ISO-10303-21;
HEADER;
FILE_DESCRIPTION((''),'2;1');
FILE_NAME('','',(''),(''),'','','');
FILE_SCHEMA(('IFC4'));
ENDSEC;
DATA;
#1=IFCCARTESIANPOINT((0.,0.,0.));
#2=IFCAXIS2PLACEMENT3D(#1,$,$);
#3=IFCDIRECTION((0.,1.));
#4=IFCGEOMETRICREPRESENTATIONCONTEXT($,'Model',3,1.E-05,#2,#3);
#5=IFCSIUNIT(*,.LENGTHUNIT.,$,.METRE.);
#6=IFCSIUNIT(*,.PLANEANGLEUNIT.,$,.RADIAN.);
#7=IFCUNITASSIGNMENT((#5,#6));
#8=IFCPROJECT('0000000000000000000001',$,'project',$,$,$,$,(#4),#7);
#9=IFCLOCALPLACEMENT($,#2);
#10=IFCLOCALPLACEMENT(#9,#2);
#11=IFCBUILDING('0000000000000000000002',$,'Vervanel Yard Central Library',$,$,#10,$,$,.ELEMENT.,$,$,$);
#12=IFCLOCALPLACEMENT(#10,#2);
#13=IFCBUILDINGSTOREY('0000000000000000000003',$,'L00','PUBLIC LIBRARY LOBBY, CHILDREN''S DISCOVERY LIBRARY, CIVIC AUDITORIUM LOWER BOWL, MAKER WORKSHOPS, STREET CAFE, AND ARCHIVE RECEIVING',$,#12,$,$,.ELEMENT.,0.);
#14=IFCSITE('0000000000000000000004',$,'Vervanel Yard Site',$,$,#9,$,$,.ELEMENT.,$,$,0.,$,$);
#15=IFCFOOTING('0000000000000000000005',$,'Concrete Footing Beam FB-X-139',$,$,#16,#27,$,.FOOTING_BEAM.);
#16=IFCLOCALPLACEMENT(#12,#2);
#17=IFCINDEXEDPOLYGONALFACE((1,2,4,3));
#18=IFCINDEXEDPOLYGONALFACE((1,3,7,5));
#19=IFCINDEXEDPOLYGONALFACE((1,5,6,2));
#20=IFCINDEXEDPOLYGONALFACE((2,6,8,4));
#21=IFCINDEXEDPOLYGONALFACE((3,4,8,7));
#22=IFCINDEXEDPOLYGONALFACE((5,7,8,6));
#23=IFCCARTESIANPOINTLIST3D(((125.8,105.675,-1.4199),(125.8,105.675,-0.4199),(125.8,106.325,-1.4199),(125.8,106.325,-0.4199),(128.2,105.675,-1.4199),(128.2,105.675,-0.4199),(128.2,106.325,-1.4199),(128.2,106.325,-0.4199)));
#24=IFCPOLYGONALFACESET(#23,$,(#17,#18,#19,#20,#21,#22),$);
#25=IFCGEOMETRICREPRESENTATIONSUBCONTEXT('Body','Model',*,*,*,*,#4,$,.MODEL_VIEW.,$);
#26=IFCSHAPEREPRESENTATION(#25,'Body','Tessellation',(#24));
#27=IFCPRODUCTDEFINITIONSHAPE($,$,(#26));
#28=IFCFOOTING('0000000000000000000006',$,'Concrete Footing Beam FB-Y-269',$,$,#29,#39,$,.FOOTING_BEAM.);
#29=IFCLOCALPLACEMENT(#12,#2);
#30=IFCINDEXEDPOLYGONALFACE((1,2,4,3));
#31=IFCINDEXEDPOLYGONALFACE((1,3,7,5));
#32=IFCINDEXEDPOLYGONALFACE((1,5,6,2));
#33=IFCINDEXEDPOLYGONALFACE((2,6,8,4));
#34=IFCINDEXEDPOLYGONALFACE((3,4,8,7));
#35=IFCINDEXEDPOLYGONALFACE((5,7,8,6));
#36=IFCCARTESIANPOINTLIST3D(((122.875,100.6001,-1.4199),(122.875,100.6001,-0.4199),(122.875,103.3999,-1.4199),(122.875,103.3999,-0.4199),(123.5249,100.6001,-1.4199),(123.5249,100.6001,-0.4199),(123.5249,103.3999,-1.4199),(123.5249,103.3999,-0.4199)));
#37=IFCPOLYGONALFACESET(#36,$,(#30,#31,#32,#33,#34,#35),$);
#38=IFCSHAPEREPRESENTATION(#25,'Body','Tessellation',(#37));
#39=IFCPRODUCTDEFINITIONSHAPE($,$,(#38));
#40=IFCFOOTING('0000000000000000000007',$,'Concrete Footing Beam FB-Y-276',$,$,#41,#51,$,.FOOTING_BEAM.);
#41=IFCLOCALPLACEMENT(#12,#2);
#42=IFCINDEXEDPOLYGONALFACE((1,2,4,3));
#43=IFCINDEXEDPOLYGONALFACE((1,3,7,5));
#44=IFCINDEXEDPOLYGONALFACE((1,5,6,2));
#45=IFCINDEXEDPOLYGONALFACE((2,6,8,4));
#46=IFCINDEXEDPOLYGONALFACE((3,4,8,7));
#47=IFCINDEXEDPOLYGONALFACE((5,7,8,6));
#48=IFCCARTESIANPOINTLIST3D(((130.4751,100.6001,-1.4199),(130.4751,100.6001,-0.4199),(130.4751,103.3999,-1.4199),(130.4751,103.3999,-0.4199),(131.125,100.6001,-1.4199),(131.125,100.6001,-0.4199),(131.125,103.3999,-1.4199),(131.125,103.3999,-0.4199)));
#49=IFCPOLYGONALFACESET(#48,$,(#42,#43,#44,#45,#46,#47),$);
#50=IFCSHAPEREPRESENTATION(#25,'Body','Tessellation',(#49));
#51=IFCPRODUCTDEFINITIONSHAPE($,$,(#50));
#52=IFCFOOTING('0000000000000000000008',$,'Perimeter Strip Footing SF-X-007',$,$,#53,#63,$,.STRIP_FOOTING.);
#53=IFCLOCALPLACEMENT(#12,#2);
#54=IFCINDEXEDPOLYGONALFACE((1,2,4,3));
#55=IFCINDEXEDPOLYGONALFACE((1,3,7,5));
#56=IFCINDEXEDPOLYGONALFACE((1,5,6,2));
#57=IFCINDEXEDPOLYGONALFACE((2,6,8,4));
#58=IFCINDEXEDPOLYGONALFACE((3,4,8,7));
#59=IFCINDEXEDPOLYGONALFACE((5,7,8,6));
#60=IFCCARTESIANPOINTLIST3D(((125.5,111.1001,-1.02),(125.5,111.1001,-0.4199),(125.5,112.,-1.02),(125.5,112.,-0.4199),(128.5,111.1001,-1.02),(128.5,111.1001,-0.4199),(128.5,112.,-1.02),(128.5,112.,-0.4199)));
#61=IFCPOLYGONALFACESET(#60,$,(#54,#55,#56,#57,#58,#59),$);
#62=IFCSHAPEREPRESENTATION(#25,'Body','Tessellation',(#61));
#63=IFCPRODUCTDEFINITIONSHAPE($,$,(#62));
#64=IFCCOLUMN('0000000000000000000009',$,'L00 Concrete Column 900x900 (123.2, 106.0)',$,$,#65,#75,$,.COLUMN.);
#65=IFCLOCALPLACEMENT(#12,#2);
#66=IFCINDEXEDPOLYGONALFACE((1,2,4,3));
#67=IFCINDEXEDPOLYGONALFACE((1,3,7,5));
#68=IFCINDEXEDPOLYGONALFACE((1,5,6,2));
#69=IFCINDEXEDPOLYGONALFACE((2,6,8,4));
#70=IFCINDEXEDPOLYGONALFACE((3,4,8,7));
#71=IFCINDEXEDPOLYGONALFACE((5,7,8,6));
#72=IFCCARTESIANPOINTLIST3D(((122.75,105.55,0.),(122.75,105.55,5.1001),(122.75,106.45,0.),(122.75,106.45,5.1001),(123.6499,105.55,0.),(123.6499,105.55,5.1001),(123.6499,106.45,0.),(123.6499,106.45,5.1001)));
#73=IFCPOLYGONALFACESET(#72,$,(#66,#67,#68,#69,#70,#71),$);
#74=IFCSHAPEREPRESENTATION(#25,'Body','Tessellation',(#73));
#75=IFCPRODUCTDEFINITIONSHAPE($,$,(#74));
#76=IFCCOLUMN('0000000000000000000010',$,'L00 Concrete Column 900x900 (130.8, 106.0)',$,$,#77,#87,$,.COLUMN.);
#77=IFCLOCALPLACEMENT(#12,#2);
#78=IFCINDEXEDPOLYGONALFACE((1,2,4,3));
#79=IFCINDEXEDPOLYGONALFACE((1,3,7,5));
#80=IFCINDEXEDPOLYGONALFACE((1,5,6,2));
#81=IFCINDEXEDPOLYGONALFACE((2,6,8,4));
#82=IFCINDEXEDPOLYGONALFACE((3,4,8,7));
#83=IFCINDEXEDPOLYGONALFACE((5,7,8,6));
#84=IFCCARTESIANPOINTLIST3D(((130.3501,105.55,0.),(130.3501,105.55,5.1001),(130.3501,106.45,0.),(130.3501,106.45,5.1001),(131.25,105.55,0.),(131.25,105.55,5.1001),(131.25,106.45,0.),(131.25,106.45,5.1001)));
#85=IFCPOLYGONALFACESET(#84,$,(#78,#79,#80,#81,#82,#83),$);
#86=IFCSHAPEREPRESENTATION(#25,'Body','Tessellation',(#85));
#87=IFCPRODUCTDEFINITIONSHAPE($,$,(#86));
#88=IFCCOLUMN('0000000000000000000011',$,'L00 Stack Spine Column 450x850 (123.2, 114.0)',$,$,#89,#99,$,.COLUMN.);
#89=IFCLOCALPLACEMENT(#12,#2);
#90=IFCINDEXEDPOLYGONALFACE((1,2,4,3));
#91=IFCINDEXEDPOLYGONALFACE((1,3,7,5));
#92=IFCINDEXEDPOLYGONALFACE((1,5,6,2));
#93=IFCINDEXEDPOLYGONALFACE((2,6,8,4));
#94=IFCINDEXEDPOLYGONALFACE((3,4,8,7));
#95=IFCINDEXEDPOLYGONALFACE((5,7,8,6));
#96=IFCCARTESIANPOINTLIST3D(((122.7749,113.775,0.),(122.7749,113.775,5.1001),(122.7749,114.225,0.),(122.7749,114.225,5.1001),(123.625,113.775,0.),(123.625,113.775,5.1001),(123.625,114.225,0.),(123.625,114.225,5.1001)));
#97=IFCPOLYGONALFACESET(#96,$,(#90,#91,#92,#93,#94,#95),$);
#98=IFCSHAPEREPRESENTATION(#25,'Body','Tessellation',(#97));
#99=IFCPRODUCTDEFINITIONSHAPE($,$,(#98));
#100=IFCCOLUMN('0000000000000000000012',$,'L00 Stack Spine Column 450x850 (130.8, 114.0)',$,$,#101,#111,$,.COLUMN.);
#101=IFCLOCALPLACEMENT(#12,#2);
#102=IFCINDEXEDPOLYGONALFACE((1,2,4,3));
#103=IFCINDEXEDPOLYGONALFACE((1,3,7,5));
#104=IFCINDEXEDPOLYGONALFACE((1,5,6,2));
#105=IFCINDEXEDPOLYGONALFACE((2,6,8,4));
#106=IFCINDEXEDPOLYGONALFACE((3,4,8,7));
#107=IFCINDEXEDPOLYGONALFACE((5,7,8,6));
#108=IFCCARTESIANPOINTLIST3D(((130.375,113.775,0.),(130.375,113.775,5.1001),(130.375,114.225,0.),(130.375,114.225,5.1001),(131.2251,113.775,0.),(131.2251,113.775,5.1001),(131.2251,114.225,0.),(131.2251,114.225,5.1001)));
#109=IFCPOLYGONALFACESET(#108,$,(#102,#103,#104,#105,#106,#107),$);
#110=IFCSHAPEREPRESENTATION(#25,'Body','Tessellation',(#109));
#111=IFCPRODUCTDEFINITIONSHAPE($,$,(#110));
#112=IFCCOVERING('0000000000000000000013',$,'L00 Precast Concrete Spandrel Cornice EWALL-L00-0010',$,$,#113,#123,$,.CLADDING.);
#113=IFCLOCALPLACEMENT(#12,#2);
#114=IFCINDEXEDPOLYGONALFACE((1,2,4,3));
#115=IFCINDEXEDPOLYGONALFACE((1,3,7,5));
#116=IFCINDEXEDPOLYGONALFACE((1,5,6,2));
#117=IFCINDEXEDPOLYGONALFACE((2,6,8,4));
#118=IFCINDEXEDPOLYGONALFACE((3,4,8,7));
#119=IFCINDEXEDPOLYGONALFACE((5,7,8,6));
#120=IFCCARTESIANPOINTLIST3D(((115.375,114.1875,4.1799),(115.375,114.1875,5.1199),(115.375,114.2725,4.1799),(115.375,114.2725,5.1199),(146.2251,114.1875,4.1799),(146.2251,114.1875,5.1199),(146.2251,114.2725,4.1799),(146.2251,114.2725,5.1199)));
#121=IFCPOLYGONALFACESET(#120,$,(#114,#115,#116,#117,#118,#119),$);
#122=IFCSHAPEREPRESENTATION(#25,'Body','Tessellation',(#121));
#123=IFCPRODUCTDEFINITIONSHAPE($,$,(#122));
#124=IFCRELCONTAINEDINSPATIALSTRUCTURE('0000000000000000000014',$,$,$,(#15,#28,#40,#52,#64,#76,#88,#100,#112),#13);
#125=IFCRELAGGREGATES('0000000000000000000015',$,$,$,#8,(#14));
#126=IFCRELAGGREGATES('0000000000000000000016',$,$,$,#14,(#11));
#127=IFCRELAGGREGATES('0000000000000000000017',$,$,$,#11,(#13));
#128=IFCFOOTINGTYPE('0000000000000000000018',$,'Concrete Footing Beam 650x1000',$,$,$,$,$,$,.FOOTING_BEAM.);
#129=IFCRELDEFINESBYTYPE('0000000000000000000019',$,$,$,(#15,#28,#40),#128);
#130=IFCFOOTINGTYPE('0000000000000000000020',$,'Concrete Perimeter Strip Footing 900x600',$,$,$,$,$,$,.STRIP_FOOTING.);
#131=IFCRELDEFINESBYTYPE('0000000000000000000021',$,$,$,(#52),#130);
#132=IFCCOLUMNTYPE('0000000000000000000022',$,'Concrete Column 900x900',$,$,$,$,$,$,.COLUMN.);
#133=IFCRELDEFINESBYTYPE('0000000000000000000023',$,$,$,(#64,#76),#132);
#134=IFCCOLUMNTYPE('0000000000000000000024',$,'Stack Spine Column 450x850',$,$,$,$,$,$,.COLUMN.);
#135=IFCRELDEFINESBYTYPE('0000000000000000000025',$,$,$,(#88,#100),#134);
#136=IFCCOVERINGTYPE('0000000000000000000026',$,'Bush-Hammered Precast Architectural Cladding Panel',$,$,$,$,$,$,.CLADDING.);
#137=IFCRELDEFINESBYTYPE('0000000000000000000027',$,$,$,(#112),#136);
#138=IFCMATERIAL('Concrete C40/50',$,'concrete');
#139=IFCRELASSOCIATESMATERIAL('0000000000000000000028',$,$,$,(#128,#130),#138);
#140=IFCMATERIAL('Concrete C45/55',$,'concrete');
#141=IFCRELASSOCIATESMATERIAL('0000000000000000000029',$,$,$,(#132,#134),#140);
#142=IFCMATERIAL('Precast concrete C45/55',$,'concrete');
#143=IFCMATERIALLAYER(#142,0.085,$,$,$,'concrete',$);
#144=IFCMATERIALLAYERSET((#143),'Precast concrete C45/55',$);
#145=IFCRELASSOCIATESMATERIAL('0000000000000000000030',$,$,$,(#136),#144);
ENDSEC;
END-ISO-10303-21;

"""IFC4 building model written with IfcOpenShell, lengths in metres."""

from ifc_helpers import new_model, si_unit, direction, frame, origin, origin_2d, place, context, subcontext, project, spatial, rectangle, extrude, material, layer, layer_set, material_profile, profile_set, type_object, element, save


model = new_model("IFC4")

# Units and contexts
model_context = context("Model", 3, precision=1e-05, world=origin(), true_north=direction((0.0, 1.0)))
body_context = subcontext(model_context, "Body", "Model", "MODEL_VIEW")
ifc_project = project(units=[si_unit("LENGTHUNIT", "METRE"), si_unit("PLANEANGLEUNIT", "RADIAN")], contexts=[model_context])

# Site, building, storey
site_placement = place(None, origin())
site = spatial("IfcSite", under=ifc_project, at=site_placement, Name="Vervanel Yard Site", CompositionType="ELEMENT", RefElevation=0.0)
building_placement = place(site_placement, origin())
building = spatial("IfcBuilding", under=site, at=building_placement, Name="Vervanel Yard Central Library", CompositionType="ELEMENT")
storey_placement = place(building_placement, origin())
storey = spatial("IfcBuildingStorey", under=building, at=storey_placement, Name="L00", Description="PUBLIC LIBRARY LOBBY, CHILDREN'S DISCOVERY LIBRARY, CIVIC AUDITORIUM LOWER BOWL, MAKER WORKSHOPS, STREET CAFE, AND ARCHIVE RECEIVING", CompositionType="ELEMENT", Elevation=0.0)

# Shared definitions
ifc_material_1 = material(Name="Concrete C40/50", Category="concrete")

# Footings
ifc_material_profile_1 = material_profile(ifc_material_1, rectangle(XDim=0.6499, YDim=1.0, at=origin_2d()), Name="RC 650x1000", Category="concrete")
ifc_profile_set_1 = profile_set([ifc_material_profile_1], Name="Concrete C40/50")
footing_type_1 = type_object("IfcFootingType", Name="Concrete Footing Beam 650x1000", PredefinedType="FOOTING_BEAM", material=ifc_profile_set_1)
footing_1_placement = place(storey_placement, frame((125.8, 106.0, -0.9199), z_axis=(1.0, 0.0, 0.0), x_axis=(0.0, 1.0, 0.0)))
element("IfcFooting", 1, at=footing_1_placement, inside=storey, type_object=footing_type_1, Name="Concrete Footing Beam FB-X-139", PredefinedType="FOOTING_BEAM", context=body_context, shape_type="SweptSolid", body=[
    extrude(rectangle(XDim=0.6499, YDim=1.0, at=origin_2d()), origin(), (0.0, 0.0, 1.0), 2.3999),
])
for number, where, z_axis, x_axis, name in (
    (2, (123.2, 100.6001, -0.9199), (0.0, 1.0, 0.0), (-1.0, 0.0, 0.0), "Concrete Footing Beam FB-Y-269"),
    (3, (130.8, 100.6001, -0.9199), (0.0, 1.0, 0.0), (-1.0, 0.0, 0.0), "Concrete Footing Beam FB-Y-276"),
):
    element("IfcFooting", number, at=place(storey_placement, frame(where, z_axis=z_axis, x_axis=x_axis)), inside=storey, type_object=footing_type_1, Name=name, PredefinedType="FOOTING_BEAM", context=body_context, shape_type="SweptSolid", body=[
        extrude(rectangle(XDim=0.6499, YDim=1.0, at=origin_2d()), origin(), (0.0, 0.0, 1.0), 2.7998),
    ])
ifc_material_profile_2 = material_profile(ifc_material_1, rectangle(XDim=0.8999, YDim=0.6001, at=origin_2d()), Name="RC 900x600", Category="concrete")
ifc_profile_set_2 = profile_set([ifc_material_profile_2], Name="Concrete C40/50")
footing_type_2 = type_object("IfcFootingType", Name="Concrete Perimeter Strip Footing 900x600", PredefinedType="STRIP_FOOTING", material=ifc_profile_set_2)
footing_2_placement = place(storey_placement, frame((125.5, 111.55, -0.72), z_axis=(1.0, 0.0, 0.0), x_axis=(0.0, 1.0, 0.0)))
element("IfcFooting", 4, at=footing_2_placement, inside=storey, type_object=footing_type_2, Name="Perimeter Strip Footing SF-X-007", PredefinedType="STRIP_FOOTING", context=body_context, shape_type="SweptSolid", body=[
    extrude(rectangle(XDim=0.8999, YDim=0.6001, at=origin_2d()), origin(), (0.0, 0.0, 1.0), 3.0),
])

# Columns
ifc_material_2 = material(Name="Concrete C45/55", Category="concrete")
ifc_material_profile_3 = material_profile(ifc_material_2, rectangle(XDim=0.8999, YDim=0.8999, at=origin_2d()), Name="RC 900x900", Category="concrete")
ifc_profile_set_3 = profile_set([ifc_material_profile_3], Name="Concrete C45/55")
column_type_1 = type_object("IfcColumnType", Name="Concrete Column 900x900", PredefinedType="COLUMN", material=ifc_profile_set_3)
for number, where, z_axis, x_axis, name in (
    (5, (123.2, 106.0, 0.0), (0.0, 0.0, 1.0), (1.0, 0.0, 0.0), "L00 Concrete Column 900x900 (123.2, 106.0)"),
    (6, (130.8, 106.0, 0.0), (0.0, 0.0, 1.0), (1.0, 0.0, 0.0), "L00 Concrete Column 900x900 (130.8, 106.0)"),
):
    element("IfcColumn", number, at=place(storey_placement, frame(where, z_axis=z_axis, x_axis=x_axis)), inside=storey, type_object=column_type_1, Name=name, PredefinedType="COLUMN", context=body_context, shape_type="SweptSolid", body=[
        extrude(rectangle(XDim=0.8999, YDim=0.8999, at=origin_2d()), origin(), (0.0, 0.0, 1.0), 5.1001),
    ])
ifc_material_profile_4 = material_profile(ifc_material_2, rectangle(XDim=0.45, YDim=0.8501, at=origin_2d()), Name="RC 450x850", Category="concrete")
ifc_profile_set_4 = profile_set([ifc_material_profile_4], Name="Concrete C45/55")
column_type_2 = type_object("IfcColumnType", Name="Stack Spine Column 450x850", PredefinedType="COLUMN", material=ifc_profile_set_4)
for number, where, z_axis, x_axis, name in (
    (7, (123.2, 114.0, 0.0), (0.0, 0.0, 1.0), (0.0, 1.0, 0.0), "L00 Stack Spine Column 450x850 (123.2, 114.0)"),
    (8, (130.8, 114.0, 0.0), (0.0, 0.0, 1.0), (0.0, 1.0, 0.0), "L00 Stack Spine Column 450x850 (130.8, 114.0)"),
):
    element("IfcColumn", number, at=place(storey_placement, frame(where, z_axis=z_axis, x_axis=x_axis)), inside=storey, type_object=column_type_2, Name=name, PredefinedType="COLUMN", context=body_context, shape_type="SweptSolid", body=[
        extrude(rectangle(XDim=0.45, YDim=0.8501, at=origin_2d()), origin(), (0.0, 0.0, 1.0), 5.1001),
    ])

# Covering
ifc_material_3 = material(Name="Precast concrete C45/55", Category="concrete")
ifc_layer = layer(ifc_material_3, 0.085, Category="concrete")
ifc_layer_set = layer_set([ifc_layer], Name="Precast concrete C45/55")
covering_type = type_object("IfcCoveringType", Name="Bush-Hammered Precast Architectural Cladding Panel", PredefinedType="CLADDING", material=ifc_layer_set)
covering_placement = place(storey_placement, frame((130.8, 114.23, 4.1799), z_axis=(0.0, 0.0, 1.0), x_axis=(1.0, 0.0, 0.0)))
element("IfcCovering", 9, at=covering_placement, inside=storey, type_object=covering_type, Name="L00 Precast Concrete Spandrel Cornice EWALL-L00-0010", PredefinedType="CLADDING", context=body_context, shape_type="SweptSolid", body=[
    extrude(rectangle(XDim=30.8501, YDim=0.085, at=origin_2d()), origin(), (0.0, 0.0, 1.0), 0.9399),
])

save(model, "model.ifc")
